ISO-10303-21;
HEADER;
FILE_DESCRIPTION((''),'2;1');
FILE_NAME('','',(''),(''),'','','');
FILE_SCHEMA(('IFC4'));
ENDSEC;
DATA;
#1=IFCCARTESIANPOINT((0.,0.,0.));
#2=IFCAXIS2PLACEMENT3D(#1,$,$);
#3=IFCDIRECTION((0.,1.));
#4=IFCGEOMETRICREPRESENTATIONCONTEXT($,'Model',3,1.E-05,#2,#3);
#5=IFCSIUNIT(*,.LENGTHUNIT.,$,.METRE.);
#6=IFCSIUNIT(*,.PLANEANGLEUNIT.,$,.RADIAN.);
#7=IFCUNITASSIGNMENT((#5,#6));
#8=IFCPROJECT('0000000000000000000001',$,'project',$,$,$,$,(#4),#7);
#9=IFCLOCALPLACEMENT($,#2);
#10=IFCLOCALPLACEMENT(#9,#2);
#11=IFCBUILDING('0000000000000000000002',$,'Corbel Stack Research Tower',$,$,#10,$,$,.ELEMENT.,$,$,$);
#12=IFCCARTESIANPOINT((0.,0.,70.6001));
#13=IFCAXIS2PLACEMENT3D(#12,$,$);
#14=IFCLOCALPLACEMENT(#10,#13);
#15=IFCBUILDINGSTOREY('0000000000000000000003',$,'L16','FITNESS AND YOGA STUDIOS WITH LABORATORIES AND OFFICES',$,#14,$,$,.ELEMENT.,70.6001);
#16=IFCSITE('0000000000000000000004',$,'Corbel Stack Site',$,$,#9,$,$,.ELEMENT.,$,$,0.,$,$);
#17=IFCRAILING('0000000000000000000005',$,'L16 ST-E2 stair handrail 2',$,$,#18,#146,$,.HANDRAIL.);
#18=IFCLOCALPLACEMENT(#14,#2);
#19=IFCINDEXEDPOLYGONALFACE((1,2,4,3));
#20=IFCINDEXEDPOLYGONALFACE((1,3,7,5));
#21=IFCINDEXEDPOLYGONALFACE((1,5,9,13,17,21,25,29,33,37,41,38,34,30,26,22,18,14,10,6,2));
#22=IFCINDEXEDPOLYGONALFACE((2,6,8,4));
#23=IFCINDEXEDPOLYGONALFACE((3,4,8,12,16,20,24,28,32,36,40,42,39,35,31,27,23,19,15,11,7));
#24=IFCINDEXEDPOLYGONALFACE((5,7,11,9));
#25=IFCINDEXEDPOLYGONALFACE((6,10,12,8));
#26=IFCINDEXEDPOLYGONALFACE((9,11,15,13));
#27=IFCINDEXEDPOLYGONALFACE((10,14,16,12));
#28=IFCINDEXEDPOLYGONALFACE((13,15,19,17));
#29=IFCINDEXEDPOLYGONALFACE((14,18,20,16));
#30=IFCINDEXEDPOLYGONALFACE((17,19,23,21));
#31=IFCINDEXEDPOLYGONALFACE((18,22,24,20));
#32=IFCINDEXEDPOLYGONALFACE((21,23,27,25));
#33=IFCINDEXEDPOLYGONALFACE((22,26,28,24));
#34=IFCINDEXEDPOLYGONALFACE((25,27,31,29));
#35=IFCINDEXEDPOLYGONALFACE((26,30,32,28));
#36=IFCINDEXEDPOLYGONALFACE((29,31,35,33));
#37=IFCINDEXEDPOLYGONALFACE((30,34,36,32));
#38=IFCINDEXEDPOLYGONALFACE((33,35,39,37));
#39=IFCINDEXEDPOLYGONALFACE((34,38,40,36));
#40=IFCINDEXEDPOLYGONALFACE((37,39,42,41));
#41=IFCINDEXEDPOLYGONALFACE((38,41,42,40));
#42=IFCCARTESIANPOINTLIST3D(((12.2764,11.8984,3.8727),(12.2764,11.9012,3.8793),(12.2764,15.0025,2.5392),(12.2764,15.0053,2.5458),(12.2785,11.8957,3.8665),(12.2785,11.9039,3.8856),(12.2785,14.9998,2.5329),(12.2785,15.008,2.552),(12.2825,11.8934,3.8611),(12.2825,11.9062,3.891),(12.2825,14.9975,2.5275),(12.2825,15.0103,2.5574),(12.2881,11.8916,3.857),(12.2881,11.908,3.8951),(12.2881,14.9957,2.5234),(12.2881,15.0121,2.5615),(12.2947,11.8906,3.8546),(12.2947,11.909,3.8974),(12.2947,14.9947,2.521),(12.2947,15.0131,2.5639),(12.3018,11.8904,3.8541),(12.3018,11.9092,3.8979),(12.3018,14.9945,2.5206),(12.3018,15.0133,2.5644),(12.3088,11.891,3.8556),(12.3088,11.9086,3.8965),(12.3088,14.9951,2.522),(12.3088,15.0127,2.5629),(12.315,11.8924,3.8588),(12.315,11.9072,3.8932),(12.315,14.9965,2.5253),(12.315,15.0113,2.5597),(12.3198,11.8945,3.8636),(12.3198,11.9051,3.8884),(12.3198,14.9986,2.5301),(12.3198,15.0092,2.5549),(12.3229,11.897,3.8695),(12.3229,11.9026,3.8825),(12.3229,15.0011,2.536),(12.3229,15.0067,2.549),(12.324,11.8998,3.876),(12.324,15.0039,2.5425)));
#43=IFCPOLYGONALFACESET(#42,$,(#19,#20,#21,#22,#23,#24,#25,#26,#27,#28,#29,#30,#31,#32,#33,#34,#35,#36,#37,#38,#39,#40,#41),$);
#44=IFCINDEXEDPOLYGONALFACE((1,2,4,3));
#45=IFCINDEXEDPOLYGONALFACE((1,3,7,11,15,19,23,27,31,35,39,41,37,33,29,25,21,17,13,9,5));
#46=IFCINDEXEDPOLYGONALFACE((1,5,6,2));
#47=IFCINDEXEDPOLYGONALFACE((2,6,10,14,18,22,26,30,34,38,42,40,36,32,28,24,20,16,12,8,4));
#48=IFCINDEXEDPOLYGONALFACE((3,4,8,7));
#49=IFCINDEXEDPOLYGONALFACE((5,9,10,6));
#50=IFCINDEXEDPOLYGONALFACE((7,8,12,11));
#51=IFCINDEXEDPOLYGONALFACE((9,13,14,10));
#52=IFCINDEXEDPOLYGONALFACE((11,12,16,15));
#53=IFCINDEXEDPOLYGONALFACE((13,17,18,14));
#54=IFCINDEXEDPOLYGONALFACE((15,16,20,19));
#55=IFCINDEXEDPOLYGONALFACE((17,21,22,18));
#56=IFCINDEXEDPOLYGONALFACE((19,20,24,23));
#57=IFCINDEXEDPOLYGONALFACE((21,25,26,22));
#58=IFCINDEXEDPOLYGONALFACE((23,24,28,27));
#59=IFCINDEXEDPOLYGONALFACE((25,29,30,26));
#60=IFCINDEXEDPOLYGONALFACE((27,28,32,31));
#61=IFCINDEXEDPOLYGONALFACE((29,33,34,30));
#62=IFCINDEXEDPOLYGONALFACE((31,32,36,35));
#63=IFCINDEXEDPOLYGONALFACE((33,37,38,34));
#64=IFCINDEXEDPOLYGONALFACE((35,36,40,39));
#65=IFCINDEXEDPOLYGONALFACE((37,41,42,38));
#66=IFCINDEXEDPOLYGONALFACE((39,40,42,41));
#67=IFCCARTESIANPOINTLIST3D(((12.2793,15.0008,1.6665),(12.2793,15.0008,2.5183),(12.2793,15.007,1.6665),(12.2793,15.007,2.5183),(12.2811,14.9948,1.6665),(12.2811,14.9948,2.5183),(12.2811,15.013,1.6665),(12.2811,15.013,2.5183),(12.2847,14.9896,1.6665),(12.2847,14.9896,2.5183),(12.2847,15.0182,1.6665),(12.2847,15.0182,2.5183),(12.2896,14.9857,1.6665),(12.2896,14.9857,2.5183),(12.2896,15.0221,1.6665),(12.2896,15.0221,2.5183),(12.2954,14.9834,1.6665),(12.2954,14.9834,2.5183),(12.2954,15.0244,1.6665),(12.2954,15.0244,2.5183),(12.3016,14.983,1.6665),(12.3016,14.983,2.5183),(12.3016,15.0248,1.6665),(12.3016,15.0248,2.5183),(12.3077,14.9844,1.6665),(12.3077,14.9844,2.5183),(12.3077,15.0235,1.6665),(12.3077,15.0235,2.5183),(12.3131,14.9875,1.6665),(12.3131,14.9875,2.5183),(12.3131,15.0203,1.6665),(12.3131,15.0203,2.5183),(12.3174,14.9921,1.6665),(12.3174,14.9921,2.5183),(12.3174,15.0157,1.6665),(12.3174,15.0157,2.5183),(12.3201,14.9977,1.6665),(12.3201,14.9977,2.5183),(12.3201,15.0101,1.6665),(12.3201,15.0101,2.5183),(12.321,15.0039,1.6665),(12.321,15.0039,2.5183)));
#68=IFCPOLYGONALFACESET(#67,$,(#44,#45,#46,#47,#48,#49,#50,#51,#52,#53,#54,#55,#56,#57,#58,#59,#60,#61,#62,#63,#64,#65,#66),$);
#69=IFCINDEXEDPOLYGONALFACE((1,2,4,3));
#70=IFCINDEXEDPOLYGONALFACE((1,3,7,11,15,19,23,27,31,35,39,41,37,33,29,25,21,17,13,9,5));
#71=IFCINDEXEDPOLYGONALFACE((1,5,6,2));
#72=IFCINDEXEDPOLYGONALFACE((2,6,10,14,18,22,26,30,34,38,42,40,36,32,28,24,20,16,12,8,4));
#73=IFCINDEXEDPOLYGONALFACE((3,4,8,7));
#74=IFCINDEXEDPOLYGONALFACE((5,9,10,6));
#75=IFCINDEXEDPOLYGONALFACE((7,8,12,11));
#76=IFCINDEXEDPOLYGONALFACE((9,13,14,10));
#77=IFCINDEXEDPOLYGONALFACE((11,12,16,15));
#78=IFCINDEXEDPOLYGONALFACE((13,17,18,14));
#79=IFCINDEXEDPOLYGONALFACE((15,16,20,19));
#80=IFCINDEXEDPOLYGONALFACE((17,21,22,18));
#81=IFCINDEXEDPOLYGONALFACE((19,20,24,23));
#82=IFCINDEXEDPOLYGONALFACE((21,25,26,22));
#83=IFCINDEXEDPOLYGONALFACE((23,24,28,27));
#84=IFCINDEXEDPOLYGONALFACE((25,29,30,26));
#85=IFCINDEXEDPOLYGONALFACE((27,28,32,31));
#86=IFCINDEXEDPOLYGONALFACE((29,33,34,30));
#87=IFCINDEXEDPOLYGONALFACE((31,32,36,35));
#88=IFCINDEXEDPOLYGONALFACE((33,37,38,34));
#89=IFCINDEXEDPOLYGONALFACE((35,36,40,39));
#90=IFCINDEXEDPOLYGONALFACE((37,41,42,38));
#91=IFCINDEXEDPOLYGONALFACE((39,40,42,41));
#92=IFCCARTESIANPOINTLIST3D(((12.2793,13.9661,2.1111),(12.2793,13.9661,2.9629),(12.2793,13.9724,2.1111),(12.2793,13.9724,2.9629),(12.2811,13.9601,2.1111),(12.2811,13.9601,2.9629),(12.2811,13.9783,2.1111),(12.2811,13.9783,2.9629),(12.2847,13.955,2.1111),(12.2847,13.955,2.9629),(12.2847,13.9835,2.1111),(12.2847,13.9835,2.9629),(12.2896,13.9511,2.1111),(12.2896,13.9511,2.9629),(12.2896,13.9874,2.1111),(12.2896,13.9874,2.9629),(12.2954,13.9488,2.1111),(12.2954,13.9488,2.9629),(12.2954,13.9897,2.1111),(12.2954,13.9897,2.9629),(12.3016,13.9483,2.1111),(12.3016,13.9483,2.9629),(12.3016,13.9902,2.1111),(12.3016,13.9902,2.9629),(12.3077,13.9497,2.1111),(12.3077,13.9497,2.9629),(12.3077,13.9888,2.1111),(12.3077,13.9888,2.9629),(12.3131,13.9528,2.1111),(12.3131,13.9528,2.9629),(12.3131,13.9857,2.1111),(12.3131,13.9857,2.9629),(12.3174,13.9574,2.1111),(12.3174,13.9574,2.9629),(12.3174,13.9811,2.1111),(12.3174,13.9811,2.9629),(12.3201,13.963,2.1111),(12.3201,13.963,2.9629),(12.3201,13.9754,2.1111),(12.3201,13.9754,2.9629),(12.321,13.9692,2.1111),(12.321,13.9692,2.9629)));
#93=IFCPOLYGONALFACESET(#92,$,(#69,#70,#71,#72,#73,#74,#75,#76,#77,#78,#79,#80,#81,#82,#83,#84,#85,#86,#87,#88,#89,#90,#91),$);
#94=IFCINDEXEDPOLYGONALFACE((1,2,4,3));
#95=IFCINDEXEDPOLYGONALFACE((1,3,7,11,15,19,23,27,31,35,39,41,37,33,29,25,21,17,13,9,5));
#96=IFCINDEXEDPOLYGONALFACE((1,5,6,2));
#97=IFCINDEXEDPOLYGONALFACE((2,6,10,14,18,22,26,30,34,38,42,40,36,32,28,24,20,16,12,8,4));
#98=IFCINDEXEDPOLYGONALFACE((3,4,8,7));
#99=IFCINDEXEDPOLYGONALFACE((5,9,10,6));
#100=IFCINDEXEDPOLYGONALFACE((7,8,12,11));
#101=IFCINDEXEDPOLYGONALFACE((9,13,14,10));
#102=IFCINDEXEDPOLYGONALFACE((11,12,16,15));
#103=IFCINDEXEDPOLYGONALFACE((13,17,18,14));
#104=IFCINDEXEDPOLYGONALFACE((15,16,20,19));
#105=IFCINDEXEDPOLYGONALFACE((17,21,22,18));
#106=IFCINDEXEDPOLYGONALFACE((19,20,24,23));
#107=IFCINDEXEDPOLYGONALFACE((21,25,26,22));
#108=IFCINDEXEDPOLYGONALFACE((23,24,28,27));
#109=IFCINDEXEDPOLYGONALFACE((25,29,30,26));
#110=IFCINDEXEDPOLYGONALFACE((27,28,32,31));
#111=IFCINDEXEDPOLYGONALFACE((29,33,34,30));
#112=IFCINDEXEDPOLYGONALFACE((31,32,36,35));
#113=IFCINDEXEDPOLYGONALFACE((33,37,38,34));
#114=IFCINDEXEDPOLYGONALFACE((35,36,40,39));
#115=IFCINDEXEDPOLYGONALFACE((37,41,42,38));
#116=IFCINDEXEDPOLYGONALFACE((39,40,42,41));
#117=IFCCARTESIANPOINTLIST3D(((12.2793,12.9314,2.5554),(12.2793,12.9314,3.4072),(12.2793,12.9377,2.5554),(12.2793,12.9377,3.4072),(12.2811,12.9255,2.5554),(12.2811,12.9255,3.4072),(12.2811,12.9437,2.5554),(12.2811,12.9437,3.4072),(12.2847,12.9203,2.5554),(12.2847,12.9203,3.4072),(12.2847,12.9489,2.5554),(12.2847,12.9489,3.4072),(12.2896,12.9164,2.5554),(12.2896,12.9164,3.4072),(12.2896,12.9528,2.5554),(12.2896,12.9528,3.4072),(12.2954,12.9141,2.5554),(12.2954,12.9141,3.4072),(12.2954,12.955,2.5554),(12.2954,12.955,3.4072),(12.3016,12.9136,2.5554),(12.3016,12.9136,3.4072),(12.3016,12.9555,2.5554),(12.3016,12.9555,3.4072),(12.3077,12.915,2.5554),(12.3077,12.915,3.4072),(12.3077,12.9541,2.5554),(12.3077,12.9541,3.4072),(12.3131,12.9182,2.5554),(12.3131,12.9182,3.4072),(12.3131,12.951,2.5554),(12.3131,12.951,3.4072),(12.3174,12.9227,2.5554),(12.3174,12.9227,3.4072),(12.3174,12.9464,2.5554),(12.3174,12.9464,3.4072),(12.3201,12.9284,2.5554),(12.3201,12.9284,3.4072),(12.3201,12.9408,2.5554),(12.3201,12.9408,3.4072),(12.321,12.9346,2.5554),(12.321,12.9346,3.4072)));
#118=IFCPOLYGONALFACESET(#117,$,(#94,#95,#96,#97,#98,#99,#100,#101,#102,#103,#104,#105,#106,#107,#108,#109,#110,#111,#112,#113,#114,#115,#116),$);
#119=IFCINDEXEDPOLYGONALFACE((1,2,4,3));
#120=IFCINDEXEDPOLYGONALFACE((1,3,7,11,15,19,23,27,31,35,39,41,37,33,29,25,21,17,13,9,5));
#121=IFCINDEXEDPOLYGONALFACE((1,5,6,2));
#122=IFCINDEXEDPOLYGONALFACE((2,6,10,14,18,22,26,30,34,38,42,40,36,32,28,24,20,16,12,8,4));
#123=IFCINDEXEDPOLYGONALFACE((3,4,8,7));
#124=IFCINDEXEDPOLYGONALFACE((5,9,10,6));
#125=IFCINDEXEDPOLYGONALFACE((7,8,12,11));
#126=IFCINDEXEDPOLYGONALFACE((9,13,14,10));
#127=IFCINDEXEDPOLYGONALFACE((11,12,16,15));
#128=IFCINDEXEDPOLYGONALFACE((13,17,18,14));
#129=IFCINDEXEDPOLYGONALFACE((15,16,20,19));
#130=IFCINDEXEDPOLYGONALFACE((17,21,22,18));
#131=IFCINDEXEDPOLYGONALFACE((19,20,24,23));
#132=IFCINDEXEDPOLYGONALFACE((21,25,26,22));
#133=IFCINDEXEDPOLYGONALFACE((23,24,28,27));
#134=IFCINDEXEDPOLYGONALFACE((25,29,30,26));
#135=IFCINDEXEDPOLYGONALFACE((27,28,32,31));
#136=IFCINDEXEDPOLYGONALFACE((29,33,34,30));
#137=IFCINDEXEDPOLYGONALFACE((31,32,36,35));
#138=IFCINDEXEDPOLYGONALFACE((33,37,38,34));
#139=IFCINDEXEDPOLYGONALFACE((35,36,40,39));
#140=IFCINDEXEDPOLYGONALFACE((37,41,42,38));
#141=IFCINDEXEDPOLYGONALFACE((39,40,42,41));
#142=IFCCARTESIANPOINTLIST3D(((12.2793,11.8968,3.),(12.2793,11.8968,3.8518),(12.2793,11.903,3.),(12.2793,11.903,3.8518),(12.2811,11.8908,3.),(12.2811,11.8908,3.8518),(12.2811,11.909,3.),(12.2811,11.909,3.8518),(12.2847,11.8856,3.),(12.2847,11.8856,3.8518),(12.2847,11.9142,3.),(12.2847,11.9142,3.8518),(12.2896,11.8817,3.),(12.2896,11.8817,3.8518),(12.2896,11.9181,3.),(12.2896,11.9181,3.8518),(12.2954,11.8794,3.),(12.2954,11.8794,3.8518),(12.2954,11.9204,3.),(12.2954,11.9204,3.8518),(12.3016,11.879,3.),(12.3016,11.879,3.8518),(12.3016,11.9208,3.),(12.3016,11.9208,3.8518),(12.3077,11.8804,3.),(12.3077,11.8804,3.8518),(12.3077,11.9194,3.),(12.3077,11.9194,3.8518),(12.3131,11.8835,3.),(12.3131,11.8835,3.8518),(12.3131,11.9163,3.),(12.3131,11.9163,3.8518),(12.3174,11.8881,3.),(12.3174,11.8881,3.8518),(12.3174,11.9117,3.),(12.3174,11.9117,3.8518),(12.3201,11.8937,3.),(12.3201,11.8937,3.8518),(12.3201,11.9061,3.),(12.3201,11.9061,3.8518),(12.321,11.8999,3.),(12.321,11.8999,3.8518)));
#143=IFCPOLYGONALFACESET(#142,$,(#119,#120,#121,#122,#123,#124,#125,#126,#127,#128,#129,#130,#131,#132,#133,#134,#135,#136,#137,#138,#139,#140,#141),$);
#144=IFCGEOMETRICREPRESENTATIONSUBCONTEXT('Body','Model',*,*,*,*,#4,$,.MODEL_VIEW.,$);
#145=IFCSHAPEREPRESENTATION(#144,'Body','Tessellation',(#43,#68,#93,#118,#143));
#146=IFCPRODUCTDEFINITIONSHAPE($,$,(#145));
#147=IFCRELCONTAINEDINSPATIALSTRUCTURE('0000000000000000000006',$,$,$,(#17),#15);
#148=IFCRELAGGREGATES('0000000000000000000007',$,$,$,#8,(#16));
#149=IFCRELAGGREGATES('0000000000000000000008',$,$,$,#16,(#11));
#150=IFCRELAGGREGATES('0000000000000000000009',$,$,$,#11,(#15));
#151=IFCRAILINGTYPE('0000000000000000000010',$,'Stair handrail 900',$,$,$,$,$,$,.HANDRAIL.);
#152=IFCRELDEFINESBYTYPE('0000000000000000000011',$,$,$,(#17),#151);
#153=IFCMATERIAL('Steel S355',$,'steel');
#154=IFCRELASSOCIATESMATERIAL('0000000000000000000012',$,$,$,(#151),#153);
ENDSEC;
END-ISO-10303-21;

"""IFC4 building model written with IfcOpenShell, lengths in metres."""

from ifc_helpers import new_model, si_unit, direction, frame, origin, origin_2d, place, context, subcontext, project, spatial, circle, extrude, material, type_object, element, save


model = new_model("IFC4")

# Units and contexts
model_context = context("Model", 3, precision=1e-05, world=origin(), true_north=direction((0.0, 1.0)))
body_context = subcontext(model_context, "Body", "Model", "MODEL_VIEW")
ifc_project = project(units=[si_unit("LENGTHUNIT", "METRE"), si_unit("PLANEANGLEUNIT", "RADIAN")], contexts=[model_context])

# Site, building, storey
site_placement = place(None, origin())
site = spatial("IfcSite", under=ifc_project, at=site_placement, Name="Corbel Stack Site", CompositionType="ELEMENT", RefElevation=0.0)
building_placement = place(site_placement, origin())
building = spatial("IfcBuilding", under=site, at=building_placement, Name="Corbel Stack Research Tower", CompositionType="ELEMENT")
storey_placement = place(building_placement, frame((0.0, 0.0, 70.6001)))
storey = spatial("IfcBuildingStorey", under=building, at=storey_placement, Name="L16", Description="FITNESS AND YOGA STUDIOS WITH LABORATORIES AND OFFICES", CompositionType="ELEMENT", Elevation=70.6001)

# Railing
ifc_material_1 = material(Name="Steel S355", Category="steel")
railing_type_1 = type_object("IfcRailingType", Name="Stair handrail 900", PredefinedType="HANDRAIL", material=ifc_material_1)
for number, where, name in (
    (1, (12.3, 15.0039, 1.6665), "L16 ST-E2 stair handrail 2"),
):
    element("IfcRailing", number, at=place(storey_placement, frame(where)), inside=storey, type_object=railing_type_1, Name=name, PredefinedType="HANDRAIL", context=body_context, shape_type="SweptSolid", body=[
        extrude(circle(Radius=0.0239, at=origin_2d()), frame((0.0, 0.0, 0.876), z_axis=(0.0, -0.918801, 0.394722), x_axis=(1.0, 0.0, 0.0)), (0.0, 0.0, 1.0), 3.3784),
        extrude(circle(Radius=0.021, at=origin_2d()), origin(), (0.0, 0.0, 1.0), 0.8518),
        extrude(circle(Radius=0.021, at=origin_2d()), frame((0.0, -1.0347, 0.4446)), (0.0, 0.0, 1.0), 0.8518),
        extrude(circle(Radius=0.021, at=origin_2d()), frame((0.0, -2.0693, 0.8889)), (0.0, 0.0, 1.0), 0.8518),
        extrude(circle(Radius=0.021, at=origin_2d()), frame((0.0, -3.104, 1.3335)), (0.0, 0.0, 1.0), 0.8518),
    ])

save(model, "model.ifc")
